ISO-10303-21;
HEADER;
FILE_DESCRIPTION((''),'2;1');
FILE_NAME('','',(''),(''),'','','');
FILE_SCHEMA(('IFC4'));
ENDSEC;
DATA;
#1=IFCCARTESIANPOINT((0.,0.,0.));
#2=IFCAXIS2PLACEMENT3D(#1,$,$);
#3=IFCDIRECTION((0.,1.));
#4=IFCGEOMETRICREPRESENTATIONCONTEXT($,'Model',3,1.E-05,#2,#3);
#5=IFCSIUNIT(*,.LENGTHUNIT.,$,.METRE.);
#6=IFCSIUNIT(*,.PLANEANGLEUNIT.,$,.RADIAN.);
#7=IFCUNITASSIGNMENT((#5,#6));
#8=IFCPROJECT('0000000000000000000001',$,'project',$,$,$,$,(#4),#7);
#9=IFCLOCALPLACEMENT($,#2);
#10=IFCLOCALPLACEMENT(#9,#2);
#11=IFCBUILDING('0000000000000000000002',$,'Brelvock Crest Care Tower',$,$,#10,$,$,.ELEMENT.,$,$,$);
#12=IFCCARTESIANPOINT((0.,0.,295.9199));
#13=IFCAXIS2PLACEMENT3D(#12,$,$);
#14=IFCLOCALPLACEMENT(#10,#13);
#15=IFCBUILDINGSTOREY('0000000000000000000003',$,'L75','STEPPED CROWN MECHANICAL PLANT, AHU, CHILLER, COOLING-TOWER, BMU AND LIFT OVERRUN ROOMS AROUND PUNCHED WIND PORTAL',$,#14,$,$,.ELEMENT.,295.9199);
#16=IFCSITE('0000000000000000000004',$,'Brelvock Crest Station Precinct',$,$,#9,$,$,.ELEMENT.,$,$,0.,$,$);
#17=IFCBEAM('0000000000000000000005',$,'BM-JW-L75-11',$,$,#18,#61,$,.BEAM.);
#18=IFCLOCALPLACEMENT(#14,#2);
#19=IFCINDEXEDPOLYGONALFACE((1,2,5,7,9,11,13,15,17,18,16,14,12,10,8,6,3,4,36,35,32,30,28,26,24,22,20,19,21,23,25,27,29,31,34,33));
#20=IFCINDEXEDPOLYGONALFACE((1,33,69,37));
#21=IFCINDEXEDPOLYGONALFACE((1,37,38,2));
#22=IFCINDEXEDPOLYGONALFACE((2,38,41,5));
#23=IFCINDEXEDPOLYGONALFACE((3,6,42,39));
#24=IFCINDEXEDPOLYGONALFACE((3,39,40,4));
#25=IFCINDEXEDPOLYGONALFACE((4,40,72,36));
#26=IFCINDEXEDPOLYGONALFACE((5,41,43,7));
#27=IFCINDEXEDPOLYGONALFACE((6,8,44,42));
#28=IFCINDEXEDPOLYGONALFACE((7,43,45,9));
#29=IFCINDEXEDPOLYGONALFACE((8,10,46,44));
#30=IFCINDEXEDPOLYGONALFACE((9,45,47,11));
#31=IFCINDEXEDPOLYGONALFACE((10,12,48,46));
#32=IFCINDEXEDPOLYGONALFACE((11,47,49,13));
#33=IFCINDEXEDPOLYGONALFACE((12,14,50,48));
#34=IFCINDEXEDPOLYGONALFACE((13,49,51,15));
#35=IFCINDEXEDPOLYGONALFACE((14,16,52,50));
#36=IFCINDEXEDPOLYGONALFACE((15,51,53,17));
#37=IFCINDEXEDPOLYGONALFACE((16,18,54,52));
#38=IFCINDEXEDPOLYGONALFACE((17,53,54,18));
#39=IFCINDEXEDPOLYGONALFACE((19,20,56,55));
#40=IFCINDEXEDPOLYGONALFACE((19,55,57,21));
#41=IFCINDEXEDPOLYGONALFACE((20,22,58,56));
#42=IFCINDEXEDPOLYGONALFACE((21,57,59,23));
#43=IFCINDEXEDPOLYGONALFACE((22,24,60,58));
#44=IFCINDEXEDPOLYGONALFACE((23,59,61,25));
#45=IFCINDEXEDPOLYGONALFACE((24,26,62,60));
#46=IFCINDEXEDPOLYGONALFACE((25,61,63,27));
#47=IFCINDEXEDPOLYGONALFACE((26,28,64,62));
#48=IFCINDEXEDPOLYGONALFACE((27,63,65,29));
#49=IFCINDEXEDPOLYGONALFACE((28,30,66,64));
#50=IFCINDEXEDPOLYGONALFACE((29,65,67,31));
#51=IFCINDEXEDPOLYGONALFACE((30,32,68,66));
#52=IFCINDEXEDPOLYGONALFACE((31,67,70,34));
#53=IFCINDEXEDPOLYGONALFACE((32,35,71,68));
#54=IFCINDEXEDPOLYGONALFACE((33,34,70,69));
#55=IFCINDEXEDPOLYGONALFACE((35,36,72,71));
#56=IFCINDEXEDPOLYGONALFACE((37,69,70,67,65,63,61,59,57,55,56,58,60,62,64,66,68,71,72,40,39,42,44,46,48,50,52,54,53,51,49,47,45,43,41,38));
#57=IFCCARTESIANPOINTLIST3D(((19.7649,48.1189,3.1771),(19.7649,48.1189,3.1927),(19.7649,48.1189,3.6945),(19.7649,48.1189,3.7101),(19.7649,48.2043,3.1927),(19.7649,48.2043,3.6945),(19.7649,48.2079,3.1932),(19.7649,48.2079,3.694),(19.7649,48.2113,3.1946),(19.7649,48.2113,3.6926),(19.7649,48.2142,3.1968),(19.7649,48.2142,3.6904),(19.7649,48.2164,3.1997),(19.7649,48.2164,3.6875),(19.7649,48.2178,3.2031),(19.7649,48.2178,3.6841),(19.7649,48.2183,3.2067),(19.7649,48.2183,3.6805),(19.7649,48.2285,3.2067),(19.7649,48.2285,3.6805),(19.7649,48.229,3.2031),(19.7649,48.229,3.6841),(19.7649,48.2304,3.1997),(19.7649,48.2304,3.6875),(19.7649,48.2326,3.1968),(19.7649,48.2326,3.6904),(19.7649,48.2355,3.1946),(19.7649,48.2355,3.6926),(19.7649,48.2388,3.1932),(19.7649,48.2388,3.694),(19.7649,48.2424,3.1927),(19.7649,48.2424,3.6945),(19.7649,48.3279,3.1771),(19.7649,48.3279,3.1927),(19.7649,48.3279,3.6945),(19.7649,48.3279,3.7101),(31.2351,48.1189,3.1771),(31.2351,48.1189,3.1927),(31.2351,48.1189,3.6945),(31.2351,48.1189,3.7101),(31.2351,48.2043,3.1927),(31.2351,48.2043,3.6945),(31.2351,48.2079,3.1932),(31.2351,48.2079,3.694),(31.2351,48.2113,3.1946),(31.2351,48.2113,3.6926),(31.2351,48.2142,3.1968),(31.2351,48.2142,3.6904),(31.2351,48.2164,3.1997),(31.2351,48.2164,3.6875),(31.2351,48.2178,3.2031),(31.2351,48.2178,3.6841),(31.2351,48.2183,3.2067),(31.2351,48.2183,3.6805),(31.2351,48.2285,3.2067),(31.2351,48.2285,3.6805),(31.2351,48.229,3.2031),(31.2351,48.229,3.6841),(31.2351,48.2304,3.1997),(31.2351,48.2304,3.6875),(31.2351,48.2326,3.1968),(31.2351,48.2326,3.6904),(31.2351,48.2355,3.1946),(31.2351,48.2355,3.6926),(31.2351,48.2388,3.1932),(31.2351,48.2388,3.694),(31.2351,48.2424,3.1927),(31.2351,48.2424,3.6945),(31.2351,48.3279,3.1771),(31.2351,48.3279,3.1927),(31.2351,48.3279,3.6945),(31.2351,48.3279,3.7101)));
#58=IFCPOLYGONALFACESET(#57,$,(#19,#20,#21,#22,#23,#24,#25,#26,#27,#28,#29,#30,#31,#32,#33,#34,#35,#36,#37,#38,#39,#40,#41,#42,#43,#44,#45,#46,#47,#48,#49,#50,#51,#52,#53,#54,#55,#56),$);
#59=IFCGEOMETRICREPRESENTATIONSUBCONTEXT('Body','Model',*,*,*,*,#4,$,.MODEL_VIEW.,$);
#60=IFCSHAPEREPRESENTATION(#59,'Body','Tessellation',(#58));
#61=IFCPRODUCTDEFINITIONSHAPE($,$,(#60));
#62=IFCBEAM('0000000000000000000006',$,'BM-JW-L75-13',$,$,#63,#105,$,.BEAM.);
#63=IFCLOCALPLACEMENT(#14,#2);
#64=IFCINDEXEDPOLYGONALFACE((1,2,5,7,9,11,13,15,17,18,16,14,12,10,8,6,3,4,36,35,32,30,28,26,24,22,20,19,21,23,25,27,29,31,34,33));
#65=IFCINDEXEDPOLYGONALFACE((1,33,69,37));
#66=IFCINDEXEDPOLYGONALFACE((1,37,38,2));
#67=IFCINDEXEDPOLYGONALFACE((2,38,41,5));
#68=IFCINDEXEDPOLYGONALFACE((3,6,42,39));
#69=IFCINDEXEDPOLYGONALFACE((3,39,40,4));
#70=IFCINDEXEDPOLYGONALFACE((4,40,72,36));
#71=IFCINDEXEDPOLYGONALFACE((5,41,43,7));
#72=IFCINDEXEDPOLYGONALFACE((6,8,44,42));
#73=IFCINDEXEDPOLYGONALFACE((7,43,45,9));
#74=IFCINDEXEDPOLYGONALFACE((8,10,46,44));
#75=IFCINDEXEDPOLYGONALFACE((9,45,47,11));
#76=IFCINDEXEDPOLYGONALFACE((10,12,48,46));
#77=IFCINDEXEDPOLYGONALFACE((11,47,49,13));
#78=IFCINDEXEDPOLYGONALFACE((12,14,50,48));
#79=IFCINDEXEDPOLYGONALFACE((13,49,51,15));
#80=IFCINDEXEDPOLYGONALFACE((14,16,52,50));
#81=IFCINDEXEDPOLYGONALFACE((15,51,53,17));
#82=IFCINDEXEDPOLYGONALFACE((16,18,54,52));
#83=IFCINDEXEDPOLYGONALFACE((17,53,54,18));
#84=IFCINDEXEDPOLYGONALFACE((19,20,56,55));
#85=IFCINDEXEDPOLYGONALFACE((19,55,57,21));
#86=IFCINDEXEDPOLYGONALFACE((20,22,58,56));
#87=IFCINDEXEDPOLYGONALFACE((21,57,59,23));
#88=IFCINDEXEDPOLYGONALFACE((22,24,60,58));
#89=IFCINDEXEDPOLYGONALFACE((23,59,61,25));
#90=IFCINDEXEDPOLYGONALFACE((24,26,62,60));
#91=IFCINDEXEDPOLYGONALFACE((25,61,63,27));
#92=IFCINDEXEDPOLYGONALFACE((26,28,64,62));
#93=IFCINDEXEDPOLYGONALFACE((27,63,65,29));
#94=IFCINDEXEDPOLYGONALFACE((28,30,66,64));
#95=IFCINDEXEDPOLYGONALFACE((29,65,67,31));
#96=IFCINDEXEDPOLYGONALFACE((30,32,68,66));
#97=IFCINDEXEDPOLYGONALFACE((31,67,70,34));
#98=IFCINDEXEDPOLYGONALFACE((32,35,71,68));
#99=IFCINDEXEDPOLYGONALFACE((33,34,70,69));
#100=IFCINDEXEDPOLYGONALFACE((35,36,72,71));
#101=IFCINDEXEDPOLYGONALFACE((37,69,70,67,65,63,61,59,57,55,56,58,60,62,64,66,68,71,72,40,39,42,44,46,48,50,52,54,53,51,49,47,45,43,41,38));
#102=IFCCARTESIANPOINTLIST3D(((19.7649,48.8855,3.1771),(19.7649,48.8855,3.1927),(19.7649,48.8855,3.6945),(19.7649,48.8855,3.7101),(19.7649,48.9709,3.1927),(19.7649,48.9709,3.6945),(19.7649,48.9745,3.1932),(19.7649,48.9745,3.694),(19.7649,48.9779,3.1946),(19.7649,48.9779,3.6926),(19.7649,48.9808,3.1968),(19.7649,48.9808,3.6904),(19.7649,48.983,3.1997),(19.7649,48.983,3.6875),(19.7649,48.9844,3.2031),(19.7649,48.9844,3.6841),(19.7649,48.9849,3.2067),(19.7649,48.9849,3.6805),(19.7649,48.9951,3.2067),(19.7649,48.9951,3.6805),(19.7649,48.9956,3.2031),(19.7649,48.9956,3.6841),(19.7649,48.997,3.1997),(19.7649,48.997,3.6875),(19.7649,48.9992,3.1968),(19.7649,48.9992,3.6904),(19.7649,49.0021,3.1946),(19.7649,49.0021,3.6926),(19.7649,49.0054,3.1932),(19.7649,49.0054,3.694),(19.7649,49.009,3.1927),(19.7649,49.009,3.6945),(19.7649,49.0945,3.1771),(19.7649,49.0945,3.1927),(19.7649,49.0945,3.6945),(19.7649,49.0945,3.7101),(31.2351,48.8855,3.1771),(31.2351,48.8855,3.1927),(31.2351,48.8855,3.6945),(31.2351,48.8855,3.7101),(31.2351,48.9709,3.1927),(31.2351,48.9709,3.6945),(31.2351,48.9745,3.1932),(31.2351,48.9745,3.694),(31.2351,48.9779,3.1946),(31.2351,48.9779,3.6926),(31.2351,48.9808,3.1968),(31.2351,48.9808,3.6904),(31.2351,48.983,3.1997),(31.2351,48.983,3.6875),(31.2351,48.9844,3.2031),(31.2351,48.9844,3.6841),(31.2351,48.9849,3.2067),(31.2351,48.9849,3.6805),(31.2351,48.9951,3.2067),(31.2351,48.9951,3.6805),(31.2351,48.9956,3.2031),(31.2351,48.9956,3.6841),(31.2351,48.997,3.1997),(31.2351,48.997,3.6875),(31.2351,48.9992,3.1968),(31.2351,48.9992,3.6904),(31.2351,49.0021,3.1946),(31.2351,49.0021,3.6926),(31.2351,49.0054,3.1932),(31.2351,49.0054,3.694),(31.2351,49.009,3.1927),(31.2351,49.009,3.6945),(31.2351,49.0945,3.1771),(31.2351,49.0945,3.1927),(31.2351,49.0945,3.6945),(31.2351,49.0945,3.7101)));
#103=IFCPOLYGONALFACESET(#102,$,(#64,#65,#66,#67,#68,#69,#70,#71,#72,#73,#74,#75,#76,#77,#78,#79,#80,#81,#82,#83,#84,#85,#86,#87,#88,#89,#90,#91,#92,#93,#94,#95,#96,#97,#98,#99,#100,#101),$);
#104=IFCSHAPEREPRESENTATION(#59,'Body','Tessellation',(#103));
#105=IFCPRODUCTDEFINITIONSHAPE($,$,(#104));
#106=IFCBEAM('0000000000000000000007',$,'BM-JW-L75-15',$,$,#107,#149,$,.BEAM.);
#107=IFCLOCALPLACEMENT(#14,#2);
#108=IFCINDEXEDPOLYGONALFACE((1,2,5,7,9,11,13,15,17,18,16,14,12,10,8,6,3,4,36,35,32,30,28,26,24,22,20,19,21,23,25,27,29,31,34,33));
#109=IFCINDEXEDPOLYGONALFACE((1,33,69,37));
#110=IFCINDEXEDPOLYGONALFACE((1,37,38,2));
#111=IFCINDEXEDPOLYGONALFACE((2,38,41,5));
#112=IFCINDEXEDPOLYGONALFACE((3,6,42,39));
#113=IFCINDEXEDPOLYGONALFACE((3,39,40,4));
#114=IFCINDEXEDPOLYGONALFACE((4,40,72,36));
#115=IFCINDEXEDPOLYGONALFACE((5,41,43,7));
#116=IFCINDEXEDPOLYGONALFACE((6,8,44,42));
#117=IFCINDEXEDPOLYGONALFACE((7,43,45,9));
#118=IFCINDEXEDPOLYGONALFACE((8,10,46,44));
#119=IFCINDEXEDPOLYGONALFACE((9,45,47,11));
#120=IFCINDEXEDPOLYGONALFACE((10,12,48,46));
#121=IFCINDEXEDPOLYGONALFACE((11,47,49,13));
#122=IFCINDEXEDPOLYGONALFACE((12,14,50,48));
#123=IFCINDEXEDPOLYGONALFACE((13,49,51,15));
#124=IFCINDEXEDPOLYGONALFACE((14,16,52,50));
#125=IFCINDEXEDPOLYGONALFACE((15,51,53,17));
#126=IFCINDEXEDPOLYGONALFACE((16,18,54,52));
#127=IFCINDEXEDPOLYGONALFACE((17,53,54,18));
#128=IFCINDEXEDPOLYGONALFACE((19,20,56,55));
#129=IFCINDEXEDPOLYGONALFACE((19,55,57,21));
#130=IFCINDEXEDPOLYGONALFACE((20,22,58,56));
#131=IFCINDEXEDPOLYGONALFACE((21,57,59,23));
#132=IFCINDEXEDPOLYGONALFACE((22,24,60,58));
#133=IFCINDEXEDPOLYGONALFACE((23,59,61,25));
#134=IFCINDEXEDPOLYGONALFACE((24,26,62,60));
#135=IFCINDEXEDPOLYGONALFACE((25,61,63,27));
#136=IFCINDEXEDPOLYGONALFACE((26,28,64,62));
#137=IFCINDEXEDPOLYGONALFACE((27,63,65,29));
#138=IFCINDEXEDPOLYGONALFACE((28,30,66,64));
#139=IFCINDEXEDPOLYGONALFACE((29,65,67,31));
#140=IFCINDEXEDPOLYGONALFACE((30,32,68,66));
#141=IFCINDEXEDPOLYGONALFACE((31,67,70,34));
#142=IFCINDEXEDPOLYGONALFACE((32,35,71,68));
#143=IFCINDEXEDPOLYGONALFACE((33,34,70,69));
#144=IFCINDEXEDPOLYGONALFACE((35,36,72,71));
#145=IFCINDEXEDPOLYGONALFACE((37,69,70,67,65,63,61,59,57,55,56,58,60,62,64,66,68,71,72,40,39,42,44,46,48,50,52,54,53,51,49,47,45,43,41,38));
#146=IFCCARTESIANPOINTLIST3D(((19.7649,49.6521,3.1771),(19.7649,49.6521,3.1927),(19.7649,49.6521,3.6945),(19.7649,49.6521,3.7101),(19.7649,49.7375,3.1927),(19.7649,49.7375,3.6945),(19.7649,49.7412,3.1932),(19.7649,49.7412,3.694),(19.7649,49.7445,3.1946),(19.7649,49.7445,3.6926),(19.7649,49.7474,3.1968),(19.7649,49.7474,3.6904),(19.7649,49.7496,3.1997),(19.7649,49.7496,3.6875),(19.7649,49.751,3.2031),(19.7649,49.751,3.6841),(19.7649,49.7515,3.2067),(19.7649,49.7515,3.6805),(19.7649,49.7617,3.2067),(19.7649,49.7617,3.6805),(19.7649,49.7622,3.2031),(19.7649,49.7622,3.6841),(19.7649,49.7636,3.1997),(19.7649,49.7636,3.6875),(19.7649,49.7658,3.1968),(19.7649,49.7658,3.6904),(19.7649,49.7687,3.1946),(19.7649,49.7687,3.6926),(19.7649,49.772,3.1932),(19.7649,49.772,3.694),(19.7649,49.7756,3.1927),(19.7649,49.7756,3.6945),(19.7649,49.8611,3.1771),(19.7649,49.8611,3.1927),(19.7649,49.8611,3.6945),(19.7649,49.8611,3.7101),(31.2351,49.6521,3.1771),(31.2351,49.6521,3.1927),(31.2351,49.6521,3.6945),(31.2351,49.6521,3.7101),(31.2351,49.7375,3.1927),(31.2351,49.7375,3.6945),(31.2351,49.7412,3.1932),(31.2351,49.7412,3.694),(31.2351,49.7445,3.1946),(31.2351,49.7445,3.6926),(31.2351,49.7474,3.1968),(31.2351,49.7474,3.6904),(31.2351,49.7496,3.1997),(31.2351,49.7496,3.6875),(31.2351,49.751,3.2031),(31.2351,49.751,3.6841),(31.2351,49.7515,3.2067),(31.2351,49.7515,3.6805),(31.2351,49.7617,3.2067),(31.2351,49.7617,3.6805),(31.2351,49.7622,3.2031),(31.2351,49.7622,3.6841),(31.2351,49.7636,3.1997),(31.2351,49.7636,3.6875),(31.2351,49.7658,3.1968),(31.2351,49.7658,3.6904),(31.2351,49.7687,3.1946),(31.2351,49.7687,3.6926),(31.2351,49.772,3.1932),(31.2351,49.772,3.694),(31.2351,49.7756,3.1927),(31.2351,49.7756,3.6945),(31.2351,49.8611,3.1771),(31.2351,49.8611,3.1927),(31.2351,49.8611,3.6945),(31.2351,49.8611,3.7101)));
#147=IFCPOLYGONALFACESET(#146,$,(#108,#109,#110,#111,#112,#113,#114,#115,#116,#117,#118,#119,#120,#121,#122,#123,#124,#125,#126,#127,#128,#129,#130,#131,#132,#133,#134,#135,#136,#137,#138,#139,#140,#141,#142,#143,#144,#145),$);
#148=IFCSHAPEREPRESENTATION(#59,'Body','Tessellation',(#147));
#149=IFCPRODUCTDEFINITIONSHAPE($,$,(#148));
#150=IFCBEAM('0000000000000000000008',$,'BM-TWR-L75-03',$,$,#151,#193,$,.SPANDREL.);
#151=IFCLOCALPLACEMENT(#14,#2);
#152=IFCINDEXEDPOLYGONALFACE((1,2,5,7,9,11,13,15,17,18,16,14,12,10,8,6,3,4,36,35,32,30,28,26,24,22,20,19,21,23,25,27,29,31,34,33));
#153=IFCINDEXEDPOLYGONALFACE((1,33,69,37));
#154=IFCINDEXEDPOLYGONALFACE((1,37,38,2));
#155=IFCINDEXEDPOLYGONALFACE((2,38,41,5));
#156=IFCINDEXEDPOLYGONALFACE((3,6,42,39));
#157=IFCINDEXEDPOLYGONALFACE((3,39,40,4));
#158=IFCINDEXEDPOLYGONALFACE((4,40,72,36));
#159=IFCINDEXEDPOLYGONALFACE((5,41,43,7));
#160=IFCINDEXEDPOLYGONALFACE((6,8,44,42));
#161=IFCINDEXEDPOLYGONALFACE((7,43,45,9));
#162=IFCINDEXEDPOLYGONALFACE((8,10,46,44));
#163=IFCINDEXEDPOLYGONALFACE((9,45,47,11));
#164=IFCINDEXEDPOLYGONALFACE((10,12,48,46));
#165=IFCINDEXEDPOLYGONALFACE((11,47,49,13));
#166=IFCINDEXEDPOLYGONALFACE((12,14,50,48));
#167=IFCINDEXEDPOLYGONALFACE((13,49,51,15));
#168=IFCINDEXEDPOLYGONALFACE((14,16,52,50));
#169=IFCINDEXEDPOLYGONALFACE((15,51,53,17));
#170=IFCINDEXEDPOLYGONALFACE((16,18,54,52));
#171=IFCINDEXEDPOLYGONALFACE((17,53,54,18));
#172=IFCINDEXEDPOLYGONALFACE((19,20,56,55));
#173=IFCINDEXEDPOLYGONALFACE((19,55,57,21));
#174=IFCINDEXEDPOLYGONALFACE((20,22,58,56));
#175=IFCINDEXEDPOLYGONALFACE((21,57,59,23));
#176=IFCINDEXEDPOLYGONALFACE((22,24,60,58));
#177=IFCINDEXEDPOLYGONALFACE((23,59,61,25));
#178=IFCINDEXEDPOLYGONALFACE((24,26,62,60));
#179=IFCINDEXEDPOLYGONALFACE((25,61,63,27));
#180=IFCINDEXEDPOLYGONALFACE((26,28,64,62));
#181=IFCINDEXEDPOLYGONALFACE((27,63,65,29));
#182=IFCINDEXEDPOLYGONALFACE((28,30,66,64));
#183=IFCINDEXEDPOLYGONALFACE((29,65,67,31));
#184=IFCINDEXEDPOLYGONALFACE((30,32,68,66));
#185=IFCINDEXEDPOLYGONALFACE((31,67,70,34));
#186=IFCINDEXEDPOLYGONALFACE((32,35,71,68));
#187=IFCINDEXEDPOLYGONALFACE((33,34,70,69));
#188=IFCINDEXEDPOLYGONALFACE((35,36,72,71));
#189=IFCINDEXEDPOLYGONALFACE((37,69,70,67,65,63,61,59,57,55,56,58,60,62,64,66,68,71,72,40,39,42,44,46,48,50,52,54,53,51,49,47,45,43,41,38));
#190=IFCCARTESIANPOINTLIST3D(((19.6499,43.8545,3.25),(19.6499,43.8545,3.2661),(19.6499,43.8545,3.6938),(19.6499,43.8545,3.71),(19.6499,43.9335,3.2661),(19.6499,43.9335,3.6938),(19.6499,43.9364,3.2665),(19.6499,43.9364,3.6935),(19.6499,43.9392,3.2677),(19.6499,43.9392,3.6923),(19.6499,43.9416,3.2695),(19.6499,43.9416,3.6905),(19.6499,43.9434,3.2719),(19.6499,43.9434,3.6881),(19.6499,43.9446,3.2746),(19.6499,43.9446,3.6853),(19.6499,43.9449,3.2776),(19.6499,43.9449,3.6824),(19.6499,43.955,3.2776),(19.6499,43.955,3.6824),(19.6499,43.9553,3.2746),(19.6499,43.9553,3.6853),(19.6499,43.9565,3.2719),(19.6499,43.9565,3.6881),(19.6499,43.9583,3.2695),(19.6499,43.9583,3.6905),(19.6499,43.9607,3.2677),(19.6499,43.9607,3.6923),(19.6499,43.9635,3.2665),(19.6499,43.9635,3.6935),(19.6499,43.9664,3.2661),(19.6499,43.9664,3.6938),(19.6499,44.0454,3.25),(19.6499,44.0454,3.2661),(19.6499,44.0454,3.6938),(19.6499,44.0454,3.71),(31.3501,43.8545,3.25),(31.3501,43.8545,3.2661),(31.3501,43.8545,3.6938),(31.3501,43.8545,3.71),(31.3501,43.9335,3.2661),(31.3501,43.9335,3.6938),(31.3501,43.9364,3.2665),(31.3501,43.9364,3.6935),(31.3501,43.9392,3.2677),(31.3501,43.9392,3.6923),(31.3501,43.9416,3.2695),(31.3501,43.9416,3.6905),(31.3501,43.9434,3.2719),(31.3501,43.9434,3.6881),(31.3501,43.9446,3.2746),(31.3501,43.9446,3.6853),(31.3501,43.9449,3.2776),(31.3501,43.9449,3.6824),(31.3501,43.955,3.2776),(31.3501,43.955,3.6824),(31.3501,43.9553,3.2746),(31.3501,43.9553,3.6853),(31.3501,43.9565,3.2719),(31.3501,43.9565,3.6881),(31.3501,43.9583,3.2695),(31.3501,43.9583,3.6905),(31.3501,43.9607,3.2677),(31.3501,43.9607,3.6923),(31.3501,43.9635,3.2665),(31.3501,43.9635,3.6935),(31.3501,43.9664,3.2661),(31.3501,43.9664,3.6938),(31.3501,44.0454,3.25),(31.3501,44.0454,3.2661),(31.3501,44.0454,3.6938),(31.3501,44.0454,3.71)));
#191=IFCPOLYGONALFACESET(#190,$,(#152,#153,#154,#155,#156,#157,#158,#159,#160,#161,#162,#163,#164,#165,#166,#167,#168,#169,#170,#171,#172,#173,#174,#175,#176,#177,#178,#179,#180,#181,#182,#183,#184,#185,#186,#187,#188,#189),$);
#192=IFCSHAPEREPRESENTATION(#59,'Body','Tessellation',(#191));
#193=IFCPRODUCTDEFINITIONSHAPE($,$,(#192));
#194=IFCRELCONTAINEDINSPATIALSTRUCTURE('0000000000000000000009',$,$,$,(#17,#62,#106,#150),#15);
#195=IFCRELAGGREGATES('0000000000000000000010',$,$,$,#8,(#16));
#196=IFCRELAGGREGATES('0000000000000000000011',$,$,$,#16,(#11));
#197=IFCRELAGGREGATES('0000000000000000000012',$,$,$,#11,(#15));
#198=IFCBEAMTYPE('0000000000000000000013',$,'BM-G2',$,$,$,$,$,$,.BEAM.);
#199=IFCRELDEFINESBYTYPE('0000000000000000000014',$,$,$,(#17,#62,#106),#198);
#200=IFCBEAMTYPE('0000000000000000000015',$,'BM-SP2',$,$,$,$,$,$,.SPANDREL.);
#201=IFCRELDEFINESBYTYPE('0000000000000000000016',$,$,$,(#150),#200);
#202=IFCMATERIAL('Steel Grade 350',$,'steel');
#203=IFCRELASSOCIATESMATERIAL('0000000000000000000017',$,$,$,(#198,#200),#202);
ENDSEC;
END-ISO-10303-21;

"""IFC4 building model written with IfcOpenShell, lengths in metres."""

from ifc_helpers import new_model, si_unit, direction, frame, origin, origin_2d, place, context, subcontext, project, spatial, i_section, extrude, source, transform, mapped, material, material_profile, profile_set, type_object, element, save


model = new_model("IFC4")

# Units and contexts
model_context = context("Model", 3, precision=1e-05, world=origin(), true_north=direction((0.0, 1.0)))
body_context = subcontext(model_context, "Body", "Model", "MODEL_VIEW")
ifc_project = project(units=[si_unit("LENGTHUNIT", "METRE"), si_unit("PLANEANGLEUNIT", "RADIAN")], contexts=[model_context])

# Site, building, storey
site_placement = place(None, origin())
site = spatial("IfcSite", under=ifc_project, at=site_placement, Name="Brelvock Crest Station Precinct", CompositionType="ELEMENT", RefElevation=0.0)
building_placement = place(site_placement, origin())
building = spatial("IfcBuilding", under=site, at=building_placement, Name="Brelvock Crest Care Tower", CompositionType="ELEMENT")
storey_placement = place(building_placement, frame((0.0, 0.0, 295.9199)))
storey = spatial("IfcBuildingStorey", under=building, at=storey_placement, Name="L75", Description="STEPPED CROWN MECHANICAL PLANT, AHU, CHILLER, COOLING-TOWER, BMU AND LIFT OVERRUN ROOMS AROUND PUNCHED WIND PORTAL", CompositionType="ELEMENT", Elevation=295.9199)

# Shared definitions
ifc_material_1 = material(Name="Steel Grade 350", Category="steel")

# Beams
ifc_material_profile_1 = material_profile(ifc_material_1, i_section(OverallWidth=0.209, OverallDepth=0.533, WebThickness=0.0103, FlangeThickness=0.0156, FilletRadius=0.0139, at=origin_2d()), Name="530UB92.4")
ifc_profile_set_1 = profile_set([ifc_material_profile_1], Name="Steel Grade 350")
beam_type_1 = type_object("IfcBeamType", Name="BM-G2", PredefinedType="BEAM", material=ifc_profile_set_1)
shared_shape_1 = source(origin(), body_context, "Body", "SweptSolid", [
    extrude(i_section(OverallWidth=0.209, OverallDepth=0.533, WebThickness=0.0103, FlangeThickness=0.0156, FilletRadius=0.0139, at=origin_2d()), origin(), (0.0, 0.0, 1.0), 11.4702),
])
for number, where, z_axis, x_axis, name in (
    (1, (19.7649, 48.2234, 3.4436), (1.0, 0.0, 0.0), (0.0, 1.0, 0.0), "BM-JW-L75-11"),
    (2, (19.7649, 48.99, 3.4436), (1.0, 0.0, 0.0), (0.0, 1.0, 0.0), "BM-JW-L75-13"),
    (3, (19.7649, 49.7566, 3.4436), (1.0, 0.0, 0.0), (0.0, 1.0, 0.0), "BM-JW-L75-15"),
):
    element("IfcBeam", number, at=place(storey_placement, frame(where, z_axis=z_axis, x_axis=x_axis)), inside=storey, type_object=beam_type_1, Name=name, PredefinedType="BEAM", context=body_context, shape_type="MappedRepresentation", body=[
        mapped(shared_shape_1, transform((0.0, 0.0, 0.0), x_axis=(1.0, 0.0, 0.0), y_axis=(0.0, 1.0, 0.0), z_axis=(0.0, 0.0, 1.0), scale=1.0)),
    ])
ifc_material_profile_2 = material_profile(ifc_material_1, i_section(OverallWidth=0.1909, OverallDepth=0.46, WebThickness=0.01, FlangeThickness=0.0161, FilletRadius=0.0115, at=origin_2d()), Name="460UB82.1")
ifc_profile_set_2 = profile_set([ifc_material_profile_2], Name="Steel Grade 350")
beam_type_2 = type_object("IfcBeamType", Name="BM-SP2", PredefinedType="SPANDREL", material=ifc_profile_set_2)
shared_shape_2 = source(origin(), body_context, "Body", "SweptSolid", [
    extrude(i_section(OverallWidth=0.1909, OverallDepth=0.46, WebThickness=0.01, FlangeThickness=0.0161, FilletRadius=0.0115, at=origin_2d()), origin(), (0.0, 0.0, 1.0), 11.7002),
])
for number, where, z_axis, x_axis, name in (
    (4, (19.6499, 43.95, 3.48), (1.0, 0.0, 0.0), (0.0, 1.0, 0.0), "BM-TWR-L75-03"),
):
    element("IfcBeam", number, at=place(storey_placement, frame(where, z_axis=z_axis, x_axis=x_axis)), inside=storey, type_object=beam_type_2, Name=name, PredefinedType="SPANDREL", context=body_context, shape_type="MappedRepresentation", body=[
        mapped(shared_shape_2, transform((0.0, 0.0, 0.0), x_axis=(1.0, 0.0, 0.0), y_axis=(0.0, 1.0, 0.0), z_axis=(0.0, 0.0, 1.0), scale=1.0)),
    ])

save(model, "model.ifc")
